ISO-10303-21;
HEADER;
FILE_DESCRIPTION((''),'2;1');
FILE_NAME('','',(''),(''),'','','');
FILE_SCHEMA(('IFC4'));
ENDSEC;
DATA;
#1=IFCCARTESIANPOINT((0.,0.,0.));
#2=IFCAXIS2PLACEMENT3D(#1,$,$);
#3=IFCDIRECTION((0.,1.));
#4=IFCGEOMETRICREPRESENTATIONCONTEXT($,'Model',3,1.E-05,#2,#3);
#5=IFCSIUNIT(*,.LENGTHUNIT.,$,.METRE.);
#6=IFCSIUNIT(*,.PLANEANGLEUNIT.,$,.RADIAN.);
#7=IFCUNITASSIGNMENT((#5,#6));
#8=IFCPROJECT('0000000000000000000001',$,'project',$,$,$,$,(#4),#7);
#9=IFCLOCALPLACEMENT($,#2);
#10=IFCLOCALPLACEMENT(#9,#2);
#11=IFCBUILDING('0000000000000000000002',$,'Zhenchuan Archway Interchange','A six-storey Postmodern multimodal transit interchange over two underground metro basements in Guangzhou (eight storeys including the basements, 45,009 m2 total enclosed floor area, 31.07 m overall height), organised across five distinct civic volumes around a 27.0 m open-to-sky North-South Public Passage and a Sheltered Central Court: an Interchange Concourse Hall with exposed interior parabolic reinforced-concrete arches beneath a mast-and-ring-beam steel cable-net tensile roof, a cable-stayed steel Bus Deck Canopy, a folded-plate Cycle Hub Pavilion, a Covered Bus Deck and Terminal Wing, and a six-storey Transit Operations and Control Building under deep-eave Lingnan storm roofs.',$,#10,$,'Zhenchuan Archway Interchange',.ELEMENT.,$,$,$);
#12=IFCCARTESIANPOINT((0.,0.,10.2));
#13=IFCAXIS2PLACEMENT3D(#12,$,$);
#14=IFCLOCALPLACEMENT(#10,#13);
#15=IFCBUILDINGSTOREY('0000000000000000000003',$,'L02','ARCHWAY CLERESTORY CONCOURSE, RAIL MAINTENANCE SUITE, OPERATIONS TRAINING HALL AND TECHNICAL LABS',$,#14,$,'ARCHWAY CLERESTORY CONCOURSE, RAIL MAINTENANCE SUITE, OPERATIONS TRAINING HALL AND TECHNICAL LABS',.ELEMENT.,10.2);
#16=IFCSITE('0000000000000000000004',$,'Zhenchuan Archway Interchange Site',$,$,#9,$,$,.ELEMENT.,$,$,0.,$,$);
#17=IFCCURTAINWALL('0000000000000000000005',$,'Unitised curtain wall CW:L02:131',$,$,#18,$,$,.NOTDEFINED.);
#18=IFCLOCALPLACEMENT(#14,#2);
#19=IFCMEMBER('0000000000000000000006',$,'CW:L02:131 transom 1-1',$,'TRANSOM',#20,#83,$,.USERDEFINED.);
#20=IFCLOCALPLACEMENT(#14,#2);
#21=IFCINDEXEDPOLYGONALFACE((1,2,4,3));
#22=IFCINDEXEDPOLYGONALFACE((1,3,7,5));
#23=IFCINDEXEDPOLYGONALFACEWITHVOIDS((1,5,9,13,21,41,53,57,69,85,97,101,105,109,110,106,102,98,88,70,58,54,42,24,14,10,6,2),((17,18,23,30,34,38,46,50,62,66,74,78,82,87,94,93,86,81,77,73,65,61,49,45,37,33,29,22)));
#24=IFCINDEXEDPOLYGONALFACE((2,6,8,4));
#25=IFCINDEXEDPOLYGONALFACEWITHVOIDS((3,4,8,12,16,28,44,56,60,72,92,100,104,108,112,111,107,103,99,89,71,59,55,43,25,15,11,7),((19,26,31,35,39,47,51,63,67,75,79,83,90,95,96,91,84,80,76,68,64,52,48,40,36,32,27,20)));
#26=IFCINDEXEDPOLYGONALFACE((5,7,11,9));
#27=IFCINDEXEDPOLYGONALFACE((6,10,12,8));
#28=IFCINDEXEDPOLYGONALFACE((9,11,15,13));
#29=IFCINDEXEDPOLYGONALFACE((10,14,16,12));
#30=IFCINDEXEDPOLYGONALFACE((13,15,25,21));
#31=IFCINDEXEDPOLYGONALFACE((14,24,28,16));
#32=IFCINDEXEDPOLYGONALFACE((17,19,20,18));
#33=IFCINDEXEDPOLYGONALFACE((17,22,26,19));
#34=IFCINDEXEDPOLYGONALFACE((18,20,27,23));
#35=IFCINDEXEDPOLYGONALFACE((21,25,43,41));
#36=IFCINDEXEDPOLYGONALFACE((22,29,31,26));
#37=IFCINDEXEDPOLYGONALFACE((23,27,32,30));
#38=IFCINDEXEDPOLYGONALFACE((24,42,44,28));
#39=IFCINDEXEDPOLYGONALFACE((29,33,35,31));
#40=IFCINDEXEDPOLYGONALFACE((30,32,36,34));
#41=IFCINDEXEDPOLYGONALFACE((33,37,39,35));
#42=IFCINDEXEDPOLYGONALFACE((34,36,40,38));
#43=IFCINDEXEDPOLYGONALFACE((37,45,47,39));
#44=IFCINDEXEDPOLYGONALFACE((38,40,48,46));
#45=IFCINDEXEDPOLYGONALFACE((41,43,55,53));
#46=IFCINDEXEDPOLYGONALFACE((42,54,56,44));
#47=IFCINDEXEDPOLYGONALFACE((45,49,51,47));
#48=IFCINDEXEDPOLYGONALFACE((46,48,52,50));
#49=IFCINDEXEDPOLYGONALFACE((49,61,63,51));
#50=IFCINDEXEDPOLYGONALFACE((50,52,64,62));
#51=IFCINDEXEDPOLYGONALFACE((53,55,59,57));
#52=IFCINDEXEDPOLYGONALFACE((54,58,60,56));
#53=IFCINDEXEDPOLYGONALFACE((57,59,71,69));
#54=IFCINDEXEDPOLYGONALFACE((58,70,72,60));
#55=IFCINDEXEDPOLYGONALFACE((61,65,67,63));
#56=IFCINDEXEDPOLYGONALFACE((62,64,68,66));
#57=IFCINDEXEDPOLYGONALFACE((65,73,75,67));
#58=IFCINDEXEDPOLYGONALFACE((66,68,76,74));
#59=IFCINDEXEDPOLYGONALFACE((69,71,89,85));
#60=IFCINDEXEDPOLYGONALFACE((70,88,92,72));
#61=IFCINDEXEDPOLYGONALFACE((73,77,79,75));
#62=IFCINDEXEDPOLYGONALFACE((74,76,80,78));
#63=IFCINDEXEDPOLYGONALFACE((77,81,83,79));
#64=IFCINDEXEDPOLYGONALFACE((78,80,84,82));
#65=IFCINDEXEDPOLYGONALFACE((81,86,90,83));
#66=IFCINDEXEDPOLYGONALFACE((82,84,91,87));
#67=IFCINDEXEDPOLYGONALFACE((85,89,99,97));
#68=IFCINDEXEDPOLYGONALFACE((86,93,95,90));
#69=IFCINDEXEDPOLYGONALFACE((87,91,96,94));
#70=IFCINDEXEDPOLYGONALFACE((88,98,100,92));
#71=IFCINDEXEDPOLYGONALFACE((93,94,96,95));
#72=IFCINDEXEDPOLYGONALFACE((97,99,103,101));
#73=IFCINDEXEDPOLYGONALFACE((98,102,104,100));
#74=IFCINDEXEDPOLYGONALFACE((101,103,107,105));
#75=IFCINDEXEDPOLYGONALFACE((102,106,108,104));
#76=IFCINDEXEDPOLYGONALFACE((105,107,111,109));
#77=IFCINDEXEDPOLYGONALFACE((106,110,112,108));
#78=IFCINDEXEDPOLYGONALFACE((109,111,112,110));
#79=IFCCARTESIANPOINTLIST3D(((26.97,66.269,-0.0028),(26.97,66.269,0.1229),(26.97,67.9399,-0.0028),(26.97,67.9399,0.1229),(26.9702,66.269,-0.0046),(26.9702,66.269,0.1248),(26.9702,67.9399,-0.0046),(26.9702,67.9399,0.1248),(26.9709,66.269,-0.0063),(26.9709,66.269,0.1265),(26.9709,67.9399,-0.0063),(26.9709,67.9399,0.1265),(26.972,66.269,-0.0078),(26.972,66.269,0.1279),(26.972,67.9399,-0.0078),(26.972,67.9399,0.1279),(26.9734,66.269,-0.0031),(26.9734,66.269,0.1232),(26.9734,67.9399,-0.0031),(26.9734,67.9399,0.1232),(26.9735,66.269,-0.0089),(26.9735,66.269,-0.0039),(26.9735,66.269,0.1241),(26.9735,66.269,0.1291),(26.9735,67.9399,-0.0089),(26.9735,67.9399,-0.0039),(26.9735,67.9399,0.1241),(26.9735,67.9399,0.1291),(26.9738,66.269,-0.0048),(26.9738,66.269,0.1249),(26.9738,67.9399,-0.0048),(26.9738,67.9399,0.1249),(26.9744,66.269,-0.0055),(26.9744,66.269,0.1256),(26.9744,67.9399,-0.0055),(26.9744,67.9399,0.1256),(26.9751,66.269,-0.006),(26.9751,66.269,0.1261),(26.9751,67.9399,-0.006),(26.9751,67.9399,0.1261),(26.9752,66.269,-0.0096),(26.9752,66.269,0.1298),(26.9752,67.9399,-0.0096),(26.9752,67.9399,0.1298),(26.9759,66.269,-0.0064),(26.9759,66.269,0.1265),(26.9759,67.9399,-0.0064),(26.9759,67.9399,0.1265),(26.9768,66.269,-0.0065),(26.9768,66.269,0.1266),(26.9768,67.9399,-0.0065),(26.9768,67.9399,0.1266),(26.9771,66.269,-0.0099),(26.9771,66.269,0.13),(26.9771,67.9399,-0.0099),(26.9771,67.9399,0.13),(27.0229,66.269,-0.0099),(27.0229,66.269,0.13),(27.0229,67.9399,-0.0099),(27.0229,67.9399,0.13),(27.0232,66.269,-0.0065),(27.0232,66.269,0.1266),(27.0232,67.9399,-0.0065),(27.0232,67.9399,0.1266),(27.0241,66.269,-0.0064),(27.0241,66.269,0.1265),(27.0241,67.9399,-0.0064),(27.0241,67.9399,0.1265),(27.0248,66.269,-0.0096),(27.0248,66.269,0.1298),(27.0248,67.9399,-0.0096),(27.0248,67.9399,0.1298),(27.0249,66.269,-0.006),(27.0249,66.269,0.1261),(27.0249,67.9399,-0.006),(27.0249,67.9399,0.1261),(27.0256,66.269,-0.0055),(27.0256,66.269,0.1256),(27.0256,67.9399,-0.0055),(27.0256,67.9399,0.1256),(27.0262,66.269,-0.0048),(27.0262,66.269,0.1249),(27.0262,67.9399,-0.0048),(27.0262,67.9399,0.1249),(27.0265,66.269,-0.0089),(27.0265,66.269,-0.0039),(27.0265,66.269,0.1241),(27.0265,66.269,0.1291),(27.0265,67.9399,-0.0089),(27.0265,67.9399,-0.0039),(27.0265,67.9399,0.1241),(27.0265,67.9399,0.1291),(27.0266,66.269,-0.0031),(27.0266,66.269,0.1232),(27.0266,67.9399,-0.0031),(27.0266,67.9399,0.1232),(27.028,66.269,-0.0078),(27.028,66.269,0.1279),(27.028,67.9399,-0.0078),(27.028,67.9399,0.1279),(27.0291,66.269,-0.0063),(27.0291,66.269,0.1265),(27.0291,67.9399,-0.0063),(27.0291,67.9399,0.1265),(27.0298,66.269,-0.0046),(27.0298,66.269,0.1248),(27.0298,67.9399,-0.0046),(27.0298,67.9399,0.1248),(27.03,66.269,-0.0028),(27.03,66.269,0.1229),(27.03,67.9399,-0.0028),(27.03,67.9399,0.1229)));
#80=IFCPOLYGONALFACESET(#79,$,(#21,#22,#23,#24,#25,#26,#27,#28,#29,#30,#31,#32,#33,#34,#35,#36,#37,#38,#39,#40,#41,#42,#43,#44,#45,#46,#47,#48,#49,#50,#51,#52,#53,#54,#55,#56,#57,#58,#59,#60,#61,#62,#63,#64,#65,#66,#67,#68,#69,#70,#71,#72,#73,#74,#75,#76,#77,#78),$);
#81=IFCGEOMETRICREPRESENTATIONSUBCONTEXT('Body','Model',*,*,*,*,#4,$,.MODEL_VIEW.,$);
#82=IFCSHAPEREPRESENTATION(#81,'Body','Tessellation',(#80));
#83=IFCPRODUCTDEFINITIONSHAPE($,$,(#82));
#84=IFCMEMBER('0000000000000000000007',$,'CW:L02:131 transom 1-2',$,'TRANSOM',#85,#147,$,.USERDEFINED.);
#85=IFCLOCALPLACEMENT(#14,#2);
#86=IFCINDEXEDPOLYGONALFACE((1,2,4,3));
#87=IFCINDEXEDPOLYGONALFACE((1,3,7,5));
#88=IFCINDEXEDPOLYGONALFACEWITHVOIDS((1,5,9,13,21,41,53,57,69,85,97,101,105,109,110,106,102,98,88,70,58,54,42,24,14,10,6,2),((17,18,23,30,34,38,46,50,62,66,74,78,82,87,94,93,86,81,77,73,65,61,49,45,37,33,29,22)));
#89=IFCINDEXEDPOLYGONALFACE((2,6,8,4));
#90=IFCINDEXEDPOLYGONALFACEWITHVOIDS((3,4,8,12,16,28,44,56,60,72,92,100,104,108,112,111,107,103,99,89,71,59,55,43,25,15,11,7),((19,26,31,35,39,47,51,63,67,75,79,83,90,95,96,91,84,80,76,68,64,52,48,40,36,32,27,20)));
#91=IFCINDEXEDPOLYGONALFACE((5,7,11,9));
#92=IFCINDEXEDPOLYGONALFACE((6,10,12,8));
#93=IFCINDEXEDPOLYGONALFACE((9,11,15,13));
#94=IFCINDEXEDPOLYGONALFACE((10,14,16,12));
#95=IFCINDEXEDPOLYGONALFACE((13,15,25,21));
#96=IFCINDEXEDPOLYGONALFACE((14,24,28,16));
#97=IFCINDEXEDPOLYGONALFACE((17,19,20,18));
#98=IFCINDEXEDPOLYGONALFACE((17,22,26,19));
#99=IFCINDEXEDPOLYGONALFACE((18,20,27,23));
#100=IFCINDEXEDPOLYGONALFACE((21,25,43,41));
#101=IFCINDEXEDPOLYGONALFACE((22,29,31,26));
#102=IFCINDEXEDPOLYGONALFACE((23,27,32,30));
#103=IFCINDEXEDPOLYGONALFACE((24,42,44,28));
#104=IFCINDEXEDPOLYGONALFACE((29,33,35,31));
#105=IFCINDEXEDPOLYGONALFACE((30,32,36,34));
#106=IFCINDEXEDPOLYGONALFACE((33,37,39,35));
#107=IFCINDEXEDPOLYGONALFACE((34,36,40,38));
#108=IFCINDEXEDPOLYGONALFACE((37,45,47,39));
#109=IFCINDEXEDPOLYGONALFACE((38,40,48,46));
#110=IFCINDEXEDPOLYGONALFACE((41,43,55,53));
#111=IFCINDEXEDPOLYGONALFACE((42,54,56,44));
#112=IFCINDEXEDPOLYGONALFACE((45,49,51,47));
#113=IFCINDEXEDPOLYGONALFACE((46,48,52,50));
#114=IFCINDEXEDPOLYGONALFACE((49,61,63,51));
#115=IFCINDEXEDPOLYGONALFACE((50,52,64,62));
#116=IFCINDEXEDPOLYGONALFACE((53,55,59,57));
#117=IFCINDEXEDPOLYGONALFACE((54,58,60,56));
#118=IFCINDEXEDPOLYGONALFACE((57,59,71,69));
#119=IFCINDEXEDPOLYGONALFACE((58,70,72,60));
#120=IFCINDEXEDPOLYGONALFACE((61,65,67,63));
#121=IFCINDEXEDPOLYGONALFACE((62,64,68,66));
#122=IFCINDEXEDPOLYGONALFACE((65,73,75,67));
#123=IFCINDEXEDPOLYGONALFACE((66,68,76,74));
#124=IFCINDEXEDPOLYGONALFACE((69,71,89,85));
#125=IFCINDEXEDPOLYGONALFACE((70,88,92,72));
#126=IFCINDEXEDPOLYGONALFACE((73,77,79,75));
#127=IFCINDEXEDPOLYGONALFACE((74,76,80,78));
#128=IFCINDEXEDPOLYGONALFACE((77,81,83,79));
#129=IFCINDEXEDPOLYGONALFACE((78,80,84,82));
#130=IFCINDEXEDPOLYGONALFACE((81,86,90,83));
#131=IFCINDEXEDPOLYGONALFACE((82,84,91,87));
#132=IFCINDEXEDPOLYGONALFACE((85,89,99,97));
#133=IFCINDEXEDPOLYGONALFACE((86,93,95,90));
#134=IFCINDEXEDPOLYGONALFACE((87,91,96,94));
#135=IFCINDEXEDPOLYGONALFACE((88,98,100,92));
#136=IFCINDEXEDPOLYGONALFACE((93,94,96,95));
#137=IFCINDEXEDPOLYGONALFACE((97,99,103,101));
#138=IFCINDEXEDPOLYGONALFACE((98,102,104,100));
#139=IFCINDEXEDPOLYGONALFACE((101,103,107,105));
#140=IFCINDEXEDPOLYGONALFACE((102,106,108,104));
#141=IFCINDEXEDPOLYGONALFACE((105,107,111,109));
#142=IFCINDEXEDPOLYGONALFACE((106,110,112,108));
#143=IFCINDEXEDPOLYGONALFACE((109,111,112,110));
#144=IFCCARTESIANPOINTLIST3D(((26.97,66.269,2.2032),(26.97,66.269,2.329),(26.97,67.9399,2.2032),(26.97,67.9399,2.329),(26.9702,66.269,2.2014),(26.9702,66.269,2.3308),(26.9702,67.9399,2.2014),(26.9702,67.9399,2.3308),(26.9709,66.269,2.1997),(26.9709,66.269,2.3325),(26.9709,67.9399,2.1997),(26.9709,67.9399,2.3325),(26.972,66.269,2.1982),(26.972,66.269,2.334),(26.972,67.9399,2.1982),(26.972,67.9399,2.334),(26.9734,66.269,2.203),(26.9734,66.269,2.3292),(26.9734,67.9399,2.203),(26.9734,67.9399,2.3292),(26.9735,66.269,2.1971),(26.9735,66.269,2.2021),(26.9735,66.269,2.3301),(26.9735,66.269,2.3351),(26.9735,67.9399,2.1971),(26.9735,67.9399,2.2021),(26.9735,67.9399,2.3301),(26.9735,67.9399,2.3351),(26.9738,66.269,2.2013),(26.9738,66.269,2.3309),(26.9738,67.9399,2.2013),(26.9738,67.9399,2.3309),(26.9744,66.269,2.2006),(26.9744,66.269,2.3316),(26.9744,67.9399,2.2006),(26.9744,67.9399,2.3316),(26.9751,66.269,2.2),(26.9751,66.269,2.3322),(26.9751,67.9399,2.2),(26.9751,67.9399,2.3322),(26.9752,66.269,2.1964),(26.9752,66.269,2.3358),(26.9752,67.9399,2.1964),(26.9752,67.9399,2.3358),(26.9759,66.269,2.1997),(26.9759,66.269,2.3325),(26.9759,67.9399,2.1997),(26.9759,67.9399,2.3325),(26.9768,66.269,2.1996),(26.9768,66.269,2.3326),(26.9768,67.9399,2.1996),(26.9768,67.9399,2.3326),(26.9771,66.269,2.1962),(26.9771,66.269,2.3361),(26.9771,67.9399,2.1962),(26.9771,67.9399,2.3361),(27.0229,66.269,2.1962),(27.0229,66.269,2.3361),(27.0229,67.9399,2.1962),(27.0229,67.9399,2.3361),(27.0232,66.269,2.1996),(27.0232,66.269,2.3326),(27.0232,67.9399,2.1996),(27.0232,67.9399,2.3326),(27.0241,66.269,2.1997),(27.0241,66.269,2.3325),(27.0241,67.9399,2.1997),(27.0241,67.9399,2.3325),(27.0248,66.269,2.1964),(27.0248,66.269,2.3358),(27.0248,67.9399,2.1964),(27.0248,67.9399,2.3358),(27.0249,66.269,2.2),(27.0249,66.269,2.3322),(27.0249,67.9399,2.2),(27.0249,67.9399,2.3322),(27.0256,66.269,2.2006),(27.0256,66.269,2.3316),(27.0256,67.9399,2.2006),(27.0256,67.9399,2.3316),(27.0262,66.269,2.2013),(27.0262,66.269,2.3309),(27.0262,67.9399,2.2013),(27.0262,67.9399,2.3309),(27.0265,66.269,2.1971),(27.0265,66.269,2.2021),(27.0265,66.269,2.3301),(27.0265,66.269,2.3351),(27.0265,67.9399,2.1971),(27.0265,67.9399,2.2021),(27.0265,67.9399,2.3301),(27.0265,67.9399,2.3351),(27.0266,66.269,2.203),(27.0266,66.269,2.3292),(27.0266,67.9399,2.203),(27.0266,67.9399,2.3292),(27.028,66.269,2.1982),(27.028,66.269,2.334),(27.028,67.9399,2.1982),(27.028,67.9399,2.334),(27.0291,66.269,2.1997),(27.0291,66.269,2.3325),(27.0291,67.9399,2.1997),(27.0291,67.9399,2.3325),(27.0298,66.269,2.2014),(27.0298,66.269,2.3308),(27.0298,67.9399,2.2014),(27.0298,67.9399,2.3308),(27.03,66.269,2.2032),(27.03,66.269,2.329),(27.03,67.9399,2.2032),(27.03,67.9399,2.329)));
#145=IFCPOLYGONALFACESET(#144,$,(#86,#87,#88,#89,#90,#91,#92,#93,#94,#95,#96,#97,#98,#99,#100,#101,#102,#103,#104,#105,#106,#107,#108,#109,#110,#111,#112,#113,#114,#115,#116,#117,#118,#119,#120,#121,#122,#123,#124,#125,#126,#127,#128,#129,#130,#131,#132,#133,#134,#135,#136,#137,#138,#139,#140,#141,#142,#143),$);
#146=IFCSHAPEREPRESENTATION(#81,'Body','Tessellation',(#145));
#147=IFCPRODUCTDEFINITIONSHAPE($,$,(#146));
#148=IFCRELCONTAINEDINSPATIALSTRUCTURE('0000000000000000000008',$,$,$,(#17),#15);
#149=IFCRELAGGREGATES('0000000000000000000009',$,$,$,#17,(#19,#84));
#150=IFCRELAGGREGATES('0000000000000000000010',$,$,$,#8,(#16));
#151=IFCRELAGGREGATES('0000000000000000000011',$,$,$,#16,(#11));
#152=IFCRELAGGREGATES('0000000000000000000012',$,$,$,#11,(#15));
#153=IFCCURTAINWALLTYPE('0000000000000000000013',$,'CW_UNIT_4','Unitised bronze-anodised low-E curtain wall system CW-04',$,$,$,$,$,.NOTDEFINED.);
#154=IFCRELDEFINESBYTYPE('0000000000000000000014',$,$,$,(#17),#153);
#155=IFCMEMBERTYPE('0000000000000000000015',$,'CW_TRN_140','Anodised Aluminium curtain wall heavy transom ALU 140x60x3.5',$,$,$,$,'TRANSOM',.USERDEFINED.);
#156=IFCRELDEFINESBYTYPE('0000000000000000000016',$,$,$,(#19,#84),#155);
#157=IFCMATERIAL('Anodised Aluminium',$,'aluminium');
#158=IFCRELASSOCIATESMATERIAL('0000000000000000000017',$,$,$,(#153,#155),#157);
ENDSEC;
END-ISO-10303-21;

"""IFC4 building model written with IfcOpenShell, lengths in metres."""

from ifc_helpers import new_model, si_unit, direction, frame, origin, origin_2d, place, context, subcontext, project, spatial, hollow_rectangle, extrude, material, material_profile, profile_set, type_object, element, aggregate, save


model = new_model("IFC4")

# Units and contexts
model_context = context("Model", 3, precision=1e-05, world=origin(), true_north=direction((0.0, 1.0)))
body_context = subcontext(model_context, "Body", "Model", "MODEL_VIEW")
ifc_project = project(units=[si_unit("LENGTHUNIT", "METRE"), si_unit("PLANEANGLEUNIT", "RADIAN")], contexts=[model_context])

# Site, building, storey
site_placement = place(None, origin())
site = spatial("IfcSite", under=ifc_project, at=site_placement, Name="Zhenchuan Archway Interchange Site", CompositionType="ELEMENT", RefElevation=0.0)
building_placement = place(site_placement, origin())
building = spatial("IfcBuilding", under=site, at=building_placement, Name="Zhenchuan Archway Interchange", Description="A six-storey Postmodern multimodal transit interchange over two underground metro basements in Guangzhou (eight storeys including the basements, 45,009 m2 total enclosed floor area, 31.07 m overall height), organised across five distinct civic volumes around a 27.0 m open-to-sky North-South Public Passage and a Sheltered Central Court: an Interchange Concourse Hall with exposed interior parabolic reinforced-concrete arches beneath a mast-and-ring-beam steel cable-net tensile roof, a cable-stayed steel Bus Deck Canopy, a folded-plate Cycle Hub Pavilion, a Covered Bus Deck and Terminal Wing, and a six-storey Transit Operations and Control Building under deep-eave Lingnan storm roofs.", LongName="Zhenchuan Archway Interchange", CompositionType="ELEMENT")
storey_placement = place(building_placement, frame((0.0, 0.0, 10.2)))
storey = spatial("IfcBuildingStorey", under=building, at=storey_placement, Name="L02", Description="ARCHWAY CLERESTORY CONCOURSE, RAIL MAINTENANCE SUITE, OPERATIONS TRAINING HALL AND TECHNICAL LABS", LongName="ARCHWAY CLERESTORY CONCOURSE, RAIL MAINTENANCE SUITE, OPERATIONS TRAINING HALL AND TECHNICAL LABS", CompositionType="ELEMENT", Elevation=10.2)

# Curtain wall, members
ifc_material_1 = material(Name="Anodised Aluminium", Category="aluminium")
curtain_wall_type = type_object("IfcCurtainWallType", Name="CW_UNIT_4", Description="Unitised bronze-anodised low-E curtain wall system CW-04", PredefinedType="NOTDEFINED", material=ifc_material_1)
curtain_wall_placement = place(storey_placement, origin())
curtain_wall = element("IfcCurtainWall", 1, at=curtain_wall_placement, inside=storey, type_object=curtain_wall_type, Name="Unitised curtain wall CW:L02:131", PredefinedType="NOTDEFINED")
ifc_material_profile_1 = material_profile(ifc_material_1, hollow_rectangle(XDim=0.0601, YDim=0.1399, WallThickness=0.0034, InnerFilletRadius=0.0034, OuterFilletRadius=0.0071, at=origin_2d()), Name="ALU 140x60x3.5")
ifc_profile_set_1 = profile_set([ifc_material_profile_1], Name="Anodised Aluminium")
member_type_1 = type_object("IfcMemberType", Name="CW_TRN_140", Description="Anodised Aluminium curtain wall heavy transom ALU 140x60x3.5", ElementType="TRANSOM", PredefinedType="USERDEFINED", material=ifc_profile_set_1)
member_1_placement = place(storey_placement, frame((27.0, 66.269, 0.0601), z_axis=(0.0, 1.0, 0.0), x_axis=(-1.0, 0.0, 0.0)))
member_1 = element("IfcMember", 2, at=member_1_placement, type_object=member_type_1, Name="CW:L02:131 transom 1-1", ObjectType="TRANSOM", PredefinedType="USERDEFINED", context=body_context, shape_type="SweptSolid", body=[
    extrude(hollow_rectangle(XDim=0.0601, YDim=0.1399, WallThickness=0.0034, InnerFilletRadius=0.0034, OuterFilletRadius=0.0071, at=origin_2d()), origin(), (0.0, 0.0, 1.0), 1.6709),
])
member_2_placement = place(storey_placement, frame((27.0, 66.269, 2.2661), z_axis=(0.0, 1.0, 0.0), x_axis=(-1.0, 0.0, 0.0)))
member_2 = element("IfcMember", 3, at=member_2_placement, type_object=member_type_1, Name="CW:L02:131 transom 1-2", ObjectType="TRANSOM", PredefinedType="USERDEFINED", context=body_context, shape_type="SweptSolid", body=[
    extrude(hollow_rectangle(XDim=0.0601, YDim=0.1399, WallThickness=0.0034, InnerFilletRadius=0.0034, OuterFilletRadius=0.0071, at=origin_2d()), origin(), (0.0, 0.0, 1.0), 1.6709),
])
aggregate(curtain_wall, [member_1, member_2])

save(model, "model.ifc")
